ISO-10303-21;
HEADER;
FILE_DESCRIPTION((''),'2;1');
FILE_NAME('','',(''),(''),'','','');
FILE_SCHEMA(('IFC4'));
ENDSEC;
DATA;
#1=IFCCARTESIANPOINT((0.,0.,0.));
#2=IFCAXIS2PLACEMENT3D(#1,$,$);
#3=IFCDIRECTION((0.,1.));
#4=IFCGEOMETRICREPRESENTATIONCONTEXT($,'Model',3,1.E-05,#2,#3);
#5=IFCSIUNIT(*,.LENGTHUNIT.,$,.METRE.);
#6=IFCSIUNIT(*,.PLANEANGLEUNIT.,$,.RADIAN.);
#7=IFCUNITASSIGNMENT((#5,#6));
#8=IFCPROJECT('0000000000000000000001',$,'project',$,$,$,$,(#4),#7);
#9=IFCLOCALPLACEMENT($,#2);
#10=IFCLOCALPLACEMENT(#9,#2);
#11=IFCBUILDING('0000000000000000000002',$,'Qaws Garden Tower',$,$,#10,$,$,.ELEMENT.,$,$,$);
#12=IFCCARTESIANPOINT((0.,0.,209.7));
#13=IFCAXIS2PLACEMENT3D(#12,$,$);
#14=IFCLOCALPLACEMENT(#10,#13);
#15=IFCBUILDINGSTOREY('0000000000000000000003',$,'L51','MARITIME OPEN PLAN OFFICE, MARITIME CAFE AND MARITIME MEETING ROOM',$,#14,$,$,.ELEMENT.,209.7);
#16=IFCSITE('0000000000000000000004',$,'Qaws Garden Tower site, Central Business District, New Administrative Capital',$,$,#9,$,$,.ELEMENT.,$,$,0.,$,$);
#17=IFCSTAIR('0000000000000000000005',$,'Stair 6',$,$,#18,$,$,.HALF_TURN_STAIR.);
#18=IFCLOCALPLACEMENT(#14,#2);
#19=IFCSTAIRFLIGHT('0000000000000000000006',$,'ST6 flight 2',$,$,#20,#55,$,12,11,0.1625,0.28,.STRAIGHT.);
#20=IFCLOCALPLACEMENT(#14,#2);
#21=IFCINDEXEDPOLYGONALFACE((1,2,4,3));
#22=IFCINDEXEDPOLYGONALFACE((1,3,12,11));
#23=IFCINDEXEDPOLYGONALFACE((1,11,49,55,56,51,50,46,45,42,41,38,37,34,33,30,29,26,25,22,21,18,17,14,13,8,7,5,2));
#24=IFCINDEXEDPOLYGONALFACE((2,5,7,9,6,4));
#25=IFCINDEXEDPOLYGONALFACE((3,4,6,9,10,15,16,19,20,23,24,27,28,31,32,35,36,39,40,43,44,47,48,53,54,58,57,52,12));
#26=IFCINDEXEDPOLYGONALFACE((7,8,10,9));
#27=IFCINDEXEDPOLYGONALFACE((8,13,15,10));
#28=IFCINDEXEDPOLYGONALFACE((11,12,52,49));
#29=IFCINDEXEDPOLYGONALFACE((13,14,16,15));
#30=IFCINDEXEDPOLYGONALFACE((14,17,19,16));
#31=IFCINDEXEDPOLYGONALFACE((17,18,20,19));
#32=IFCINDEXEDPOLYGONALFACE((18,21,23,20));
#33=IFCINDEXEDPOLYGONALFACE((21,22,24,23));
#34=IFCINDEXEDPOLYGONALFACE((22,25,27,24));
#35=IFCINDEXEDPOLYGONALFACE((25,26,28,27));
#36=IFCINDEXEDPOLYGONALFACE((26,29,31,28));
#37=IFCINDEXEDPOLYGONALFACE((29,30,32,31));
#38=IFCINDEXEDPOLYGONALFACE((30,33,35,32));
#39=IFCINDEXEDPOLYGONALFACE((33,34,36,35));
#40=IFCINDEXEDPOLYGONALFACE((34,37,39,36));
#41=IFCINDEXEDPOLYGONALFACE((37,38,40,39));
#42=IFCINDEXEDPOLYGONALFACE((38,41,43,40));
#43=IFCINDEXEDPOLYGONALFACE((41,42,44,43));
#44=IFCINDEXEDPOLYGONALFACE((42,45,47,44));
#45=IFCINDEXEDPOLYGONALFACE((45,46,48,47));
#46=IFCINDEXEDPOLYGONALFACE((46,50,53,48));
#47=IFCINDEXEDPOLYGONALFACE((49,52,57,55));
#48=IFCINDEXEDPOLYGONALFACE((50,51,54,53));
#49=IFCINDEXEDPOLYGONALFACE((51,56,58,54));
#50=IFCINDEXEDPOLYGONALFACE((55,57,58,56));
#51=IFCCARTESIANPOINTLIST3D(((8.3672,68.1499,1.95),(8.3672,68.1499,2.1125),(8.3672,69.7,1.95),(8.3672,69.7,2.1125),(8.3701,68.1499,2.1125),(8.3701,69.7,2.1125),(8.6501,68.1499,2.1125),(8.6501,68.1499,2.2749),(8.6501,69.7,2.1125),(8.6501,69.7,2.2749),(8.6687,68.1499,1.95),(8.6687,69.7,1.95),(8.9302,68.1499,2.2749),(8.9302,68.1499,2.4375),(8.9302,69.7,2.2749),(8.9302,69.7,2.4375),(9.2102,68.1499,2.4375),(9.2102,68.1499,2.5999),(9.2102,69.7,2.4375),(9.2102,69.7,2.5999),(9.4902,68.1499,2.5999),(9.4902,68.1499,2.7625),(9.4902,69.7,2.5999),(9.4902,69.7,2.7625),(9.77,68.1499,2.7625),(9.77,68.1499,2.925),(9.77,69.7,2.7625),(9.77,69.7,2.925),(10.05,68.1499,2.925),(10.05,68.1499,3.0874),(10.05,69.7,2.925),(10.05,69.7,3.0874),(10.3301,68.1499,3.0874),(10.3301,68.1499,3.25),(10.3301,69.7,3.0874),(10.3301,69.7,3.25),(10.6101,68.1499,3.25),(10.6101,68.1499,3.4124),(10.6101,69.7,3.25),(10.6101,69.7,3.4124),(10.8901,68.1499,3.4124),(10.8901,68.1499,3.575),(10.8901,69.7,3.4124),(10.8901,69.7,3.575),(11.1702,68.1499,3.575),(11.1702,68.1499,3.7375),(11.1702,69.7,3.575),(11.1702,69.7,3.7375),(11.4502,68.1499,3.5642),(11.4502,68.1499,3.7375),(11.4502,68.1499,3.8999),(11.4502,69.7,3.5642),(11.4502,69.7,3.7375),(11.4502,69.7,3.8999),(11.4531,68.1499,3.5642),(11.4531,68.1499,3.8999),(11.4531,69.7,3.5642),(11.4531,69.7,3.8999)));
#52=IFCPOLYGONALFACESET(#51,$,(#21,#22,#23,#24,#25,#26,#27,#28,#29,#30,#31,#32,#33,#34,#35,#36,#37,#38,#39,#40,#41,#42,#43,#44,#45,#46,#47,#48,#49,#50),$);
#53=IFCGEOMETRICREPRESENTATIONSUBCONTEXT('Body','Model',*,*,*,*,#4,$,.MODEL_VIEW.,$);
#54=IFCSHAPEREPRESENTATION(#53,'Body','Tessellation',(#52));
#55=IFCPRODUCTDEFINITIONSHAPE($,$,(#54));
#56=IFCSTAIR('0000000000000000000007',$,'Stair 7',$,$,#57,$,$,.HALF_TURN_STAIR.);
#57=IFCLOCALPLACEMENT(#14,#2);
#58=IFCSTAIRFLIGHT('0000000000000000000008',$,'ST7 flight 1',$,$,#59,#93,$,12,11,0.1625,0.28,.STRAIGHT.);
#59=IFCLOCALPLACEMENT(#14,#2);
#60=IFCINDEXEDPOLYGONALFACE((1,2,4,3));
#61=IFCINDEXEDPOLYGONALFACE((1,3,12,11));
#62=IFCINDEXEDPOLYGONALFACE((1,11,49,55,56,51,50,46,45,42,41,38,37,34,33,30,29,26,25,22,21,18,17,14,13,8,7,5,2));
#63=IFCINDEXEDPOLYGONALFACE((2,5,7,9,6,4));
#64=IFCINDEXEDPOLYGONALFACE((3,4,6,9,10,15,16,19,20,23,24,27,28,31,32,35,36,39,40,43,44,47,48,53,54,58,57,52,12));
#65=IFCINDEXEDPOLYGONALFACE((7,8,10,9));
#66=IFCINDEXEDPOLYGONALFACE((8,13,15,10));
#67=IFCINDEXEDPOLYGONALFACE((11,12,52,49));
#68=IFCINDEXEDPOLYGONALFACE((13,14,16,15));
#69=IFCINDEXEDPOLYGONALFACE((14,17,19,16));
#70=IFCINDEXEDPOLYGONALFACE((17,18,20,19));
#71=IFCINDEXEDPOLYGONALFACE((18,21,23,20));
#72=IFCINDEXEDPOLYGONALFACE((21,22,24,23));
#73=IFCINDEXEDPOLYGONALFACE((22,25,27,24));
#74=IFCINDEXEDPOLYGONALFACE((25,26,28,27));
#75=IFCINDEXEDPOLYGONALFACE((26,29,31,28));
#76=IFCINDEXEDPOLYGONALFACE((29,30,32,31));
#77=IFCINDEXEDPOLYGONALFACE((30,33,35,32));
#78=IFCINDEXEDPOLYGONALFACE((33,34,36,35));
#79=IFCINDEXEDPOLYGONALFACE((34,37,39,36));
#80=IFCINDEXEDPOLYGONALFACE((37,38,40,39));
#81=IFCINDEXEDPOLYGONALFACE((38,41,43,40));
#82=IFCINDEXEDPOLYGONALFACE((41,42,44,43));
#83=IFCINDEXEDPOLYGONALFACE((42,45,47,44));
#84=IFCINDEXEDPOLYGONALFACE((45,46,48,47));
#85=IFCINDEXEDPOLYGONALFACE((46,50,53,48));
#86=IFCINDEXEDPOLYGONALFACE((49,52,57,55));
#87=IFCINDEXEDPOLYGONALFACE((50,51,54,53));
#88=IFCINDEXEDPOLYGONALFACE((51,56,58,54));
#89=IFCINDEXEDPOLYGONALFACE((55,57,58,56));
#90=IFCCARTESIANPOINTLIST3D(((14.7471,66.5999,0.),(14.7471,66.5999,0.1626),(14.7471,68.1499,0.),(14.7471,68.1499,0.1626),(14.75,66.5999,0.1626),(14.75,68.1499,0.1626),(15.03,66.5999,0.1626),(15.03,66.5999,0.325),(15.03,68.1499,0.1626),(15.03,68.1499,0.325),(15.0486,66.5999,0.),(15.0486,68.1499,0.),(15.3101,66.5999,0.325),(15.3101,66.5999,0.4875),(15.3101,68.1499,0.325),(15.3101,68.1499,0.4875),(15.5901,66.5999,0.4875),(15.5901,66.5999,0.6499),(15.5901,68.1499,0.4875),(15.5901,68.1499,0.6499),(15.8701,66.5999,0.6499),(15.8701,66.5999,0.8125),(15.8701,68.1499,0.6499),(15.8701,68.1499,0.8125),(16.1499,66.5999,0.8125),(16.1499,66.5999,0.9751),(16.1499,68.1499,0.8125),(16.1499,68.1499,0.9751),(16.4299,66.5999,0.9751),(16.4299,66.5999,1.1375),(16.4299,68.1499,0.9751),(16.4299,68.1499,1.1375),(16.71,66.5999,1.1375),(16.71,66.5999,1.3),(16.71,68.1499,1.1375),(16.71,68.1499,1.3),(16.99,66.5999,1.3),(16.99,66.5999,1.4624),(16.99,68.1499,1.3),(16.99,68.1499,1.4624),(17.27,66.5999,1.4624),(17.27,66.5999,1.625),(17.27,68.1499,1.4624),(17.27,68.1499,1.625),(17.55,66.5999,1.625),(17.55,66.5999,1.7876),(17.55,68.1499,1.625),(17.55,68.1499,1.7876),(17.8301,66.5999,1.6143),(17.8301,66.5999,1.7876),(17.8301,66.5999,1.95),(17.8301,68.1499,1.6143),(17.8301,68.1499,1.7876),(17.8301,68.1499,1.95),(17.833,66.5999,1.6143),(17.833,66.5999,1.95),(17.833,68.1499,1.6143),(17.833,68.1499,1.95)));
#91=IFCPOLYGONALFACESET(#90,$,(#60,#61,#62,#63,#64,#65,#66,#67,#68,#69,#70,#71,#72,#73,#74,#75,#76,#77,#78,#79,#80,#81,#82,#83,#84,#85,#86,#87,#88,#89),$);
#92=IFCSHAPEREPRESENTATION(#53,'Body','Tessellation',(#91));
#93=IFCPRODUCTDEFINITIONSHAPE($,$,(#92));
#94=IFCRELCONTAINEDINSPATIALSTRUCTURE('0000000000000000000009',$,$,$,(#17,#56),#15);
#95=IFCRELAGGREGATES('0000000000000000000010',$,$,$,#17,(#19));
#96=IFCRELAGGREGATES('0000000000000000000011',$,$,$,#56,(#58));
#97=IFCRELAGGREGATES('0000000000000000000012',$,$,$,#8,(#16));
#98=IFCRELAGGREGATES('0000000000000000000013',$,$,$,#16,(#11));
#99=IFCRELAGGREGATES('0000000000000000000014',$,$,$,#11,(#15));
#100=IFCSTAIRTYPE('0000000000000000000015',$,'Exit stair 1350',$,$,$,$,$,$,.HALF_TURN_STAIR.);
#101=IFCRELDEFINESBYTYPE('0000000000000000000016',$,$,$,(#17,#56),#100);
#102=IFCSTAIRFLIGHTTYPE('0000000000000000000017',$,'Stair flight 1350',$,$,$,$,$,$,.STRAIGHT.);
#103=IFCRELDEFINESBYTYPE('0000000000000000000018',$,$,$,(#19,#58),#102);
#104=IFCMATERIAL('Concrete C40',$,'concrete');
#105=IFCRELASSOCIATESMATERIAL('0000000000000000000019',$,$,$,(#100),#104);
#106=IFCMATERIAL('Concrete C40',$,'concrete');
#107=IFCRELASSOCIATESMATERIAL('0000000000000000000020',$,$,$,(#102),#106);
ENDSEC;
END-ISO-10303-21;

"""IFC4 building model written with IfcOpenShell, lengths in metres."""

from ifc_helpers import new_model, si_unit, direction, frame, origin, place, context, subcontext, project, spatial, polyline, outline, extrude, material, type_object, element, aggregate, save


model = new_model("IFC4")

# Units and contexts
model_context = context("Model", 3, precision=1e-05, world=origin(), true_north=direction((0.0, 1.0)))
body_context = subcontext(model_context, "Body", "Model", "MODEL_VIEW")
ifc_project = project(units=[si_unit("LENGTHUNIT", "METRE"), si_unit("PLANEANGLEUNIT", "RADIAN")], contexts=[model_context])

# Site, building, storey
site_placement = place(None, origin())
site = spatial("IfcSite", under=ifc_project, at=site_placement, Name="Qaws Garden Tower site, Central Business District, New Administrative Capital", CompositionType="ELEMENT", RefElevation=0.0)
building_placement = place(site_placement, origin())
building = spatial("IfcBuilding", under=site, at=building_placement, Name="Qaws Garden Tower", CompositionType="ELEMENT")
storey_placement = place(building_placement, frame((0.0, 0.0, 209.7)))
storey = spatial("IfcBuildingStorey", under=building, at=storey_placement, Name="L51", Description="MARITIME OPEN PLAN OFFICE, MARITIME CAFE AND MARITIME MEETING ROOM", CompositionType="ELEMENT", Elevation=209.7)

# Stair, stair flight
ifc_material_1 = material(Name="Concrete C40", Category="concrete")
stair_type = type_object("IfcStairType", Name="Exit stair 1350", PredefinedType="HALF_TURN_STAIR", material=ifc_material_1)
placement = place(storey_placement, origin())
stair_1 = element("IfcStair", 1, at=placement, inside=storey, type_object=stair_type, Name="Stair 6", PredefinedType="HALF_TURN_STAIR")
ifc_material_2 = material(Name="Concrete C40", Category="concrete")
stair_flight_type = type_object("IfcStairFlightType", Name="Stair flight 1350", PredefinedType="STRAIGHT", material=ifc_material_2)
stair_flight_1_placement = place(storey_placement, frame((8.3701, 68.925, 1.95), z_axis=(0.0, 0.0, 1.0), x_axis=(1.0, 0.0, 0.0)))
stair_flight_1 = element("IfcStairFlight", 2, at=stair_flight_1_placement, type_object=stair_flight_type, Name="ST6 flight 2", NumberOfRisers=12, NumberOfTreads=11, PredefinedType="STRAIGHT", RiserHeight=0.1625, TreadLength=0.28, context=body_context, shape_type="SweptSolid", body=[
    extrude(outline(polyline([(-0.0029, 0.0), (-0.0029, 0.1626), (0.0, 0.1626), (0.28, 0.1626), (0.28, 0.325), (0.5601, 0.325), (0.5601, 0.4875), (0.8401, 0.4875), (0.8401, 0.6499), (1.1201, 0.6499), (1.1201, 0.8125), (1.3999, 0.8125), (1.3999, 0.9751), (1.6799, 0.9751), (1.6799, 1.1375), (1.96, 1.1375), (1.96, 1.3), (2.24, 1.3), (2.24, 1.4624), (2.52, 1.4624), (2.52, 1.625), (2.8, 1.625), (2.8, 1.7876), (3.0801, 1.7876), (3.0801, 1.95), (3.083, 1.95), (3.083, 1.6143), (3.0801, 1.6143), (0.2986, 0.0), (-0.0029, 0.0)])), frame((0.0, 0.7749, 0.0), z_axis=(0.0, -1.0, 0.0), x_axis=(1.0, 0.0, 0.0)), (0.0, 0.0, 1.0), 1.55),
])
aggregate(stair_1, [stair_flight_1])

# Stair, stair flight
stair_2 = element("IfcStair", 3, at=placement, inside=storey, type_object=stair_type, Name="Stair 7", PredefinedType="HALF_TURN_STAIR")
stair_flight_2_placement = place(storey_placement, frame((14.75, 67.375, 0.0), z_axis=(0.0, 0.0, 1.0), x_axis=(1.0, 0.0, 0.0)))
stair_flight_2 = element("IfcStairFlight", 4, at=stair_flight_2_placement, type_object=stair_flight_type, Name="ST7 flight 1", NumberOfRisers=12, NumberOfTreads=11, PredefinedType="STRAIGHT", RiserHeight=0.1625, TreadLength=0.28, context=body_context, shape_type="SweptSolid", body=[
    extrude(outline(polyline([(-0.0029, 0.0), (-0.0029, 0.1626), (0.0, 0.1626), (0.28, 0.1626), (0.28, 0.325), (0.5601, 0.325), (0.5601, 0.4875), (0.8401, 0.4875), (0.8401, 0.6499), (1.1201, 0.6499), (1.1201, 0.8125), (1.3999, 0.8125), (1.3999, 0.9751), (1.6799, 0.9751), (1.6799, 1.1375), (1.96, 1.1375), (1.96, 1.3), (2.24, 1.3), (2.24, 1.4624), (2.52, 1.4624), (2.52, 1.625), (2.8, 1.625), (2.8, 1.7876), (3.0801, 1.7876), (3.0801, 1.95), (3.083, 1.95), (3.083, 1.6143), (3.0801, 1.6143), (0.2986, 0.0), (-0.0029, 0.0)])), frame((0.0, 0.7749, 0.0), z_axis=(0.0, -1.0, 0.0), x_axis=(1.0, 0.0, 0.0)), (0.0, 0.0, 1.0), 1.55),
])
aggregate(stair_2, [stair_flight_2])

save(model, "model.ifc")
